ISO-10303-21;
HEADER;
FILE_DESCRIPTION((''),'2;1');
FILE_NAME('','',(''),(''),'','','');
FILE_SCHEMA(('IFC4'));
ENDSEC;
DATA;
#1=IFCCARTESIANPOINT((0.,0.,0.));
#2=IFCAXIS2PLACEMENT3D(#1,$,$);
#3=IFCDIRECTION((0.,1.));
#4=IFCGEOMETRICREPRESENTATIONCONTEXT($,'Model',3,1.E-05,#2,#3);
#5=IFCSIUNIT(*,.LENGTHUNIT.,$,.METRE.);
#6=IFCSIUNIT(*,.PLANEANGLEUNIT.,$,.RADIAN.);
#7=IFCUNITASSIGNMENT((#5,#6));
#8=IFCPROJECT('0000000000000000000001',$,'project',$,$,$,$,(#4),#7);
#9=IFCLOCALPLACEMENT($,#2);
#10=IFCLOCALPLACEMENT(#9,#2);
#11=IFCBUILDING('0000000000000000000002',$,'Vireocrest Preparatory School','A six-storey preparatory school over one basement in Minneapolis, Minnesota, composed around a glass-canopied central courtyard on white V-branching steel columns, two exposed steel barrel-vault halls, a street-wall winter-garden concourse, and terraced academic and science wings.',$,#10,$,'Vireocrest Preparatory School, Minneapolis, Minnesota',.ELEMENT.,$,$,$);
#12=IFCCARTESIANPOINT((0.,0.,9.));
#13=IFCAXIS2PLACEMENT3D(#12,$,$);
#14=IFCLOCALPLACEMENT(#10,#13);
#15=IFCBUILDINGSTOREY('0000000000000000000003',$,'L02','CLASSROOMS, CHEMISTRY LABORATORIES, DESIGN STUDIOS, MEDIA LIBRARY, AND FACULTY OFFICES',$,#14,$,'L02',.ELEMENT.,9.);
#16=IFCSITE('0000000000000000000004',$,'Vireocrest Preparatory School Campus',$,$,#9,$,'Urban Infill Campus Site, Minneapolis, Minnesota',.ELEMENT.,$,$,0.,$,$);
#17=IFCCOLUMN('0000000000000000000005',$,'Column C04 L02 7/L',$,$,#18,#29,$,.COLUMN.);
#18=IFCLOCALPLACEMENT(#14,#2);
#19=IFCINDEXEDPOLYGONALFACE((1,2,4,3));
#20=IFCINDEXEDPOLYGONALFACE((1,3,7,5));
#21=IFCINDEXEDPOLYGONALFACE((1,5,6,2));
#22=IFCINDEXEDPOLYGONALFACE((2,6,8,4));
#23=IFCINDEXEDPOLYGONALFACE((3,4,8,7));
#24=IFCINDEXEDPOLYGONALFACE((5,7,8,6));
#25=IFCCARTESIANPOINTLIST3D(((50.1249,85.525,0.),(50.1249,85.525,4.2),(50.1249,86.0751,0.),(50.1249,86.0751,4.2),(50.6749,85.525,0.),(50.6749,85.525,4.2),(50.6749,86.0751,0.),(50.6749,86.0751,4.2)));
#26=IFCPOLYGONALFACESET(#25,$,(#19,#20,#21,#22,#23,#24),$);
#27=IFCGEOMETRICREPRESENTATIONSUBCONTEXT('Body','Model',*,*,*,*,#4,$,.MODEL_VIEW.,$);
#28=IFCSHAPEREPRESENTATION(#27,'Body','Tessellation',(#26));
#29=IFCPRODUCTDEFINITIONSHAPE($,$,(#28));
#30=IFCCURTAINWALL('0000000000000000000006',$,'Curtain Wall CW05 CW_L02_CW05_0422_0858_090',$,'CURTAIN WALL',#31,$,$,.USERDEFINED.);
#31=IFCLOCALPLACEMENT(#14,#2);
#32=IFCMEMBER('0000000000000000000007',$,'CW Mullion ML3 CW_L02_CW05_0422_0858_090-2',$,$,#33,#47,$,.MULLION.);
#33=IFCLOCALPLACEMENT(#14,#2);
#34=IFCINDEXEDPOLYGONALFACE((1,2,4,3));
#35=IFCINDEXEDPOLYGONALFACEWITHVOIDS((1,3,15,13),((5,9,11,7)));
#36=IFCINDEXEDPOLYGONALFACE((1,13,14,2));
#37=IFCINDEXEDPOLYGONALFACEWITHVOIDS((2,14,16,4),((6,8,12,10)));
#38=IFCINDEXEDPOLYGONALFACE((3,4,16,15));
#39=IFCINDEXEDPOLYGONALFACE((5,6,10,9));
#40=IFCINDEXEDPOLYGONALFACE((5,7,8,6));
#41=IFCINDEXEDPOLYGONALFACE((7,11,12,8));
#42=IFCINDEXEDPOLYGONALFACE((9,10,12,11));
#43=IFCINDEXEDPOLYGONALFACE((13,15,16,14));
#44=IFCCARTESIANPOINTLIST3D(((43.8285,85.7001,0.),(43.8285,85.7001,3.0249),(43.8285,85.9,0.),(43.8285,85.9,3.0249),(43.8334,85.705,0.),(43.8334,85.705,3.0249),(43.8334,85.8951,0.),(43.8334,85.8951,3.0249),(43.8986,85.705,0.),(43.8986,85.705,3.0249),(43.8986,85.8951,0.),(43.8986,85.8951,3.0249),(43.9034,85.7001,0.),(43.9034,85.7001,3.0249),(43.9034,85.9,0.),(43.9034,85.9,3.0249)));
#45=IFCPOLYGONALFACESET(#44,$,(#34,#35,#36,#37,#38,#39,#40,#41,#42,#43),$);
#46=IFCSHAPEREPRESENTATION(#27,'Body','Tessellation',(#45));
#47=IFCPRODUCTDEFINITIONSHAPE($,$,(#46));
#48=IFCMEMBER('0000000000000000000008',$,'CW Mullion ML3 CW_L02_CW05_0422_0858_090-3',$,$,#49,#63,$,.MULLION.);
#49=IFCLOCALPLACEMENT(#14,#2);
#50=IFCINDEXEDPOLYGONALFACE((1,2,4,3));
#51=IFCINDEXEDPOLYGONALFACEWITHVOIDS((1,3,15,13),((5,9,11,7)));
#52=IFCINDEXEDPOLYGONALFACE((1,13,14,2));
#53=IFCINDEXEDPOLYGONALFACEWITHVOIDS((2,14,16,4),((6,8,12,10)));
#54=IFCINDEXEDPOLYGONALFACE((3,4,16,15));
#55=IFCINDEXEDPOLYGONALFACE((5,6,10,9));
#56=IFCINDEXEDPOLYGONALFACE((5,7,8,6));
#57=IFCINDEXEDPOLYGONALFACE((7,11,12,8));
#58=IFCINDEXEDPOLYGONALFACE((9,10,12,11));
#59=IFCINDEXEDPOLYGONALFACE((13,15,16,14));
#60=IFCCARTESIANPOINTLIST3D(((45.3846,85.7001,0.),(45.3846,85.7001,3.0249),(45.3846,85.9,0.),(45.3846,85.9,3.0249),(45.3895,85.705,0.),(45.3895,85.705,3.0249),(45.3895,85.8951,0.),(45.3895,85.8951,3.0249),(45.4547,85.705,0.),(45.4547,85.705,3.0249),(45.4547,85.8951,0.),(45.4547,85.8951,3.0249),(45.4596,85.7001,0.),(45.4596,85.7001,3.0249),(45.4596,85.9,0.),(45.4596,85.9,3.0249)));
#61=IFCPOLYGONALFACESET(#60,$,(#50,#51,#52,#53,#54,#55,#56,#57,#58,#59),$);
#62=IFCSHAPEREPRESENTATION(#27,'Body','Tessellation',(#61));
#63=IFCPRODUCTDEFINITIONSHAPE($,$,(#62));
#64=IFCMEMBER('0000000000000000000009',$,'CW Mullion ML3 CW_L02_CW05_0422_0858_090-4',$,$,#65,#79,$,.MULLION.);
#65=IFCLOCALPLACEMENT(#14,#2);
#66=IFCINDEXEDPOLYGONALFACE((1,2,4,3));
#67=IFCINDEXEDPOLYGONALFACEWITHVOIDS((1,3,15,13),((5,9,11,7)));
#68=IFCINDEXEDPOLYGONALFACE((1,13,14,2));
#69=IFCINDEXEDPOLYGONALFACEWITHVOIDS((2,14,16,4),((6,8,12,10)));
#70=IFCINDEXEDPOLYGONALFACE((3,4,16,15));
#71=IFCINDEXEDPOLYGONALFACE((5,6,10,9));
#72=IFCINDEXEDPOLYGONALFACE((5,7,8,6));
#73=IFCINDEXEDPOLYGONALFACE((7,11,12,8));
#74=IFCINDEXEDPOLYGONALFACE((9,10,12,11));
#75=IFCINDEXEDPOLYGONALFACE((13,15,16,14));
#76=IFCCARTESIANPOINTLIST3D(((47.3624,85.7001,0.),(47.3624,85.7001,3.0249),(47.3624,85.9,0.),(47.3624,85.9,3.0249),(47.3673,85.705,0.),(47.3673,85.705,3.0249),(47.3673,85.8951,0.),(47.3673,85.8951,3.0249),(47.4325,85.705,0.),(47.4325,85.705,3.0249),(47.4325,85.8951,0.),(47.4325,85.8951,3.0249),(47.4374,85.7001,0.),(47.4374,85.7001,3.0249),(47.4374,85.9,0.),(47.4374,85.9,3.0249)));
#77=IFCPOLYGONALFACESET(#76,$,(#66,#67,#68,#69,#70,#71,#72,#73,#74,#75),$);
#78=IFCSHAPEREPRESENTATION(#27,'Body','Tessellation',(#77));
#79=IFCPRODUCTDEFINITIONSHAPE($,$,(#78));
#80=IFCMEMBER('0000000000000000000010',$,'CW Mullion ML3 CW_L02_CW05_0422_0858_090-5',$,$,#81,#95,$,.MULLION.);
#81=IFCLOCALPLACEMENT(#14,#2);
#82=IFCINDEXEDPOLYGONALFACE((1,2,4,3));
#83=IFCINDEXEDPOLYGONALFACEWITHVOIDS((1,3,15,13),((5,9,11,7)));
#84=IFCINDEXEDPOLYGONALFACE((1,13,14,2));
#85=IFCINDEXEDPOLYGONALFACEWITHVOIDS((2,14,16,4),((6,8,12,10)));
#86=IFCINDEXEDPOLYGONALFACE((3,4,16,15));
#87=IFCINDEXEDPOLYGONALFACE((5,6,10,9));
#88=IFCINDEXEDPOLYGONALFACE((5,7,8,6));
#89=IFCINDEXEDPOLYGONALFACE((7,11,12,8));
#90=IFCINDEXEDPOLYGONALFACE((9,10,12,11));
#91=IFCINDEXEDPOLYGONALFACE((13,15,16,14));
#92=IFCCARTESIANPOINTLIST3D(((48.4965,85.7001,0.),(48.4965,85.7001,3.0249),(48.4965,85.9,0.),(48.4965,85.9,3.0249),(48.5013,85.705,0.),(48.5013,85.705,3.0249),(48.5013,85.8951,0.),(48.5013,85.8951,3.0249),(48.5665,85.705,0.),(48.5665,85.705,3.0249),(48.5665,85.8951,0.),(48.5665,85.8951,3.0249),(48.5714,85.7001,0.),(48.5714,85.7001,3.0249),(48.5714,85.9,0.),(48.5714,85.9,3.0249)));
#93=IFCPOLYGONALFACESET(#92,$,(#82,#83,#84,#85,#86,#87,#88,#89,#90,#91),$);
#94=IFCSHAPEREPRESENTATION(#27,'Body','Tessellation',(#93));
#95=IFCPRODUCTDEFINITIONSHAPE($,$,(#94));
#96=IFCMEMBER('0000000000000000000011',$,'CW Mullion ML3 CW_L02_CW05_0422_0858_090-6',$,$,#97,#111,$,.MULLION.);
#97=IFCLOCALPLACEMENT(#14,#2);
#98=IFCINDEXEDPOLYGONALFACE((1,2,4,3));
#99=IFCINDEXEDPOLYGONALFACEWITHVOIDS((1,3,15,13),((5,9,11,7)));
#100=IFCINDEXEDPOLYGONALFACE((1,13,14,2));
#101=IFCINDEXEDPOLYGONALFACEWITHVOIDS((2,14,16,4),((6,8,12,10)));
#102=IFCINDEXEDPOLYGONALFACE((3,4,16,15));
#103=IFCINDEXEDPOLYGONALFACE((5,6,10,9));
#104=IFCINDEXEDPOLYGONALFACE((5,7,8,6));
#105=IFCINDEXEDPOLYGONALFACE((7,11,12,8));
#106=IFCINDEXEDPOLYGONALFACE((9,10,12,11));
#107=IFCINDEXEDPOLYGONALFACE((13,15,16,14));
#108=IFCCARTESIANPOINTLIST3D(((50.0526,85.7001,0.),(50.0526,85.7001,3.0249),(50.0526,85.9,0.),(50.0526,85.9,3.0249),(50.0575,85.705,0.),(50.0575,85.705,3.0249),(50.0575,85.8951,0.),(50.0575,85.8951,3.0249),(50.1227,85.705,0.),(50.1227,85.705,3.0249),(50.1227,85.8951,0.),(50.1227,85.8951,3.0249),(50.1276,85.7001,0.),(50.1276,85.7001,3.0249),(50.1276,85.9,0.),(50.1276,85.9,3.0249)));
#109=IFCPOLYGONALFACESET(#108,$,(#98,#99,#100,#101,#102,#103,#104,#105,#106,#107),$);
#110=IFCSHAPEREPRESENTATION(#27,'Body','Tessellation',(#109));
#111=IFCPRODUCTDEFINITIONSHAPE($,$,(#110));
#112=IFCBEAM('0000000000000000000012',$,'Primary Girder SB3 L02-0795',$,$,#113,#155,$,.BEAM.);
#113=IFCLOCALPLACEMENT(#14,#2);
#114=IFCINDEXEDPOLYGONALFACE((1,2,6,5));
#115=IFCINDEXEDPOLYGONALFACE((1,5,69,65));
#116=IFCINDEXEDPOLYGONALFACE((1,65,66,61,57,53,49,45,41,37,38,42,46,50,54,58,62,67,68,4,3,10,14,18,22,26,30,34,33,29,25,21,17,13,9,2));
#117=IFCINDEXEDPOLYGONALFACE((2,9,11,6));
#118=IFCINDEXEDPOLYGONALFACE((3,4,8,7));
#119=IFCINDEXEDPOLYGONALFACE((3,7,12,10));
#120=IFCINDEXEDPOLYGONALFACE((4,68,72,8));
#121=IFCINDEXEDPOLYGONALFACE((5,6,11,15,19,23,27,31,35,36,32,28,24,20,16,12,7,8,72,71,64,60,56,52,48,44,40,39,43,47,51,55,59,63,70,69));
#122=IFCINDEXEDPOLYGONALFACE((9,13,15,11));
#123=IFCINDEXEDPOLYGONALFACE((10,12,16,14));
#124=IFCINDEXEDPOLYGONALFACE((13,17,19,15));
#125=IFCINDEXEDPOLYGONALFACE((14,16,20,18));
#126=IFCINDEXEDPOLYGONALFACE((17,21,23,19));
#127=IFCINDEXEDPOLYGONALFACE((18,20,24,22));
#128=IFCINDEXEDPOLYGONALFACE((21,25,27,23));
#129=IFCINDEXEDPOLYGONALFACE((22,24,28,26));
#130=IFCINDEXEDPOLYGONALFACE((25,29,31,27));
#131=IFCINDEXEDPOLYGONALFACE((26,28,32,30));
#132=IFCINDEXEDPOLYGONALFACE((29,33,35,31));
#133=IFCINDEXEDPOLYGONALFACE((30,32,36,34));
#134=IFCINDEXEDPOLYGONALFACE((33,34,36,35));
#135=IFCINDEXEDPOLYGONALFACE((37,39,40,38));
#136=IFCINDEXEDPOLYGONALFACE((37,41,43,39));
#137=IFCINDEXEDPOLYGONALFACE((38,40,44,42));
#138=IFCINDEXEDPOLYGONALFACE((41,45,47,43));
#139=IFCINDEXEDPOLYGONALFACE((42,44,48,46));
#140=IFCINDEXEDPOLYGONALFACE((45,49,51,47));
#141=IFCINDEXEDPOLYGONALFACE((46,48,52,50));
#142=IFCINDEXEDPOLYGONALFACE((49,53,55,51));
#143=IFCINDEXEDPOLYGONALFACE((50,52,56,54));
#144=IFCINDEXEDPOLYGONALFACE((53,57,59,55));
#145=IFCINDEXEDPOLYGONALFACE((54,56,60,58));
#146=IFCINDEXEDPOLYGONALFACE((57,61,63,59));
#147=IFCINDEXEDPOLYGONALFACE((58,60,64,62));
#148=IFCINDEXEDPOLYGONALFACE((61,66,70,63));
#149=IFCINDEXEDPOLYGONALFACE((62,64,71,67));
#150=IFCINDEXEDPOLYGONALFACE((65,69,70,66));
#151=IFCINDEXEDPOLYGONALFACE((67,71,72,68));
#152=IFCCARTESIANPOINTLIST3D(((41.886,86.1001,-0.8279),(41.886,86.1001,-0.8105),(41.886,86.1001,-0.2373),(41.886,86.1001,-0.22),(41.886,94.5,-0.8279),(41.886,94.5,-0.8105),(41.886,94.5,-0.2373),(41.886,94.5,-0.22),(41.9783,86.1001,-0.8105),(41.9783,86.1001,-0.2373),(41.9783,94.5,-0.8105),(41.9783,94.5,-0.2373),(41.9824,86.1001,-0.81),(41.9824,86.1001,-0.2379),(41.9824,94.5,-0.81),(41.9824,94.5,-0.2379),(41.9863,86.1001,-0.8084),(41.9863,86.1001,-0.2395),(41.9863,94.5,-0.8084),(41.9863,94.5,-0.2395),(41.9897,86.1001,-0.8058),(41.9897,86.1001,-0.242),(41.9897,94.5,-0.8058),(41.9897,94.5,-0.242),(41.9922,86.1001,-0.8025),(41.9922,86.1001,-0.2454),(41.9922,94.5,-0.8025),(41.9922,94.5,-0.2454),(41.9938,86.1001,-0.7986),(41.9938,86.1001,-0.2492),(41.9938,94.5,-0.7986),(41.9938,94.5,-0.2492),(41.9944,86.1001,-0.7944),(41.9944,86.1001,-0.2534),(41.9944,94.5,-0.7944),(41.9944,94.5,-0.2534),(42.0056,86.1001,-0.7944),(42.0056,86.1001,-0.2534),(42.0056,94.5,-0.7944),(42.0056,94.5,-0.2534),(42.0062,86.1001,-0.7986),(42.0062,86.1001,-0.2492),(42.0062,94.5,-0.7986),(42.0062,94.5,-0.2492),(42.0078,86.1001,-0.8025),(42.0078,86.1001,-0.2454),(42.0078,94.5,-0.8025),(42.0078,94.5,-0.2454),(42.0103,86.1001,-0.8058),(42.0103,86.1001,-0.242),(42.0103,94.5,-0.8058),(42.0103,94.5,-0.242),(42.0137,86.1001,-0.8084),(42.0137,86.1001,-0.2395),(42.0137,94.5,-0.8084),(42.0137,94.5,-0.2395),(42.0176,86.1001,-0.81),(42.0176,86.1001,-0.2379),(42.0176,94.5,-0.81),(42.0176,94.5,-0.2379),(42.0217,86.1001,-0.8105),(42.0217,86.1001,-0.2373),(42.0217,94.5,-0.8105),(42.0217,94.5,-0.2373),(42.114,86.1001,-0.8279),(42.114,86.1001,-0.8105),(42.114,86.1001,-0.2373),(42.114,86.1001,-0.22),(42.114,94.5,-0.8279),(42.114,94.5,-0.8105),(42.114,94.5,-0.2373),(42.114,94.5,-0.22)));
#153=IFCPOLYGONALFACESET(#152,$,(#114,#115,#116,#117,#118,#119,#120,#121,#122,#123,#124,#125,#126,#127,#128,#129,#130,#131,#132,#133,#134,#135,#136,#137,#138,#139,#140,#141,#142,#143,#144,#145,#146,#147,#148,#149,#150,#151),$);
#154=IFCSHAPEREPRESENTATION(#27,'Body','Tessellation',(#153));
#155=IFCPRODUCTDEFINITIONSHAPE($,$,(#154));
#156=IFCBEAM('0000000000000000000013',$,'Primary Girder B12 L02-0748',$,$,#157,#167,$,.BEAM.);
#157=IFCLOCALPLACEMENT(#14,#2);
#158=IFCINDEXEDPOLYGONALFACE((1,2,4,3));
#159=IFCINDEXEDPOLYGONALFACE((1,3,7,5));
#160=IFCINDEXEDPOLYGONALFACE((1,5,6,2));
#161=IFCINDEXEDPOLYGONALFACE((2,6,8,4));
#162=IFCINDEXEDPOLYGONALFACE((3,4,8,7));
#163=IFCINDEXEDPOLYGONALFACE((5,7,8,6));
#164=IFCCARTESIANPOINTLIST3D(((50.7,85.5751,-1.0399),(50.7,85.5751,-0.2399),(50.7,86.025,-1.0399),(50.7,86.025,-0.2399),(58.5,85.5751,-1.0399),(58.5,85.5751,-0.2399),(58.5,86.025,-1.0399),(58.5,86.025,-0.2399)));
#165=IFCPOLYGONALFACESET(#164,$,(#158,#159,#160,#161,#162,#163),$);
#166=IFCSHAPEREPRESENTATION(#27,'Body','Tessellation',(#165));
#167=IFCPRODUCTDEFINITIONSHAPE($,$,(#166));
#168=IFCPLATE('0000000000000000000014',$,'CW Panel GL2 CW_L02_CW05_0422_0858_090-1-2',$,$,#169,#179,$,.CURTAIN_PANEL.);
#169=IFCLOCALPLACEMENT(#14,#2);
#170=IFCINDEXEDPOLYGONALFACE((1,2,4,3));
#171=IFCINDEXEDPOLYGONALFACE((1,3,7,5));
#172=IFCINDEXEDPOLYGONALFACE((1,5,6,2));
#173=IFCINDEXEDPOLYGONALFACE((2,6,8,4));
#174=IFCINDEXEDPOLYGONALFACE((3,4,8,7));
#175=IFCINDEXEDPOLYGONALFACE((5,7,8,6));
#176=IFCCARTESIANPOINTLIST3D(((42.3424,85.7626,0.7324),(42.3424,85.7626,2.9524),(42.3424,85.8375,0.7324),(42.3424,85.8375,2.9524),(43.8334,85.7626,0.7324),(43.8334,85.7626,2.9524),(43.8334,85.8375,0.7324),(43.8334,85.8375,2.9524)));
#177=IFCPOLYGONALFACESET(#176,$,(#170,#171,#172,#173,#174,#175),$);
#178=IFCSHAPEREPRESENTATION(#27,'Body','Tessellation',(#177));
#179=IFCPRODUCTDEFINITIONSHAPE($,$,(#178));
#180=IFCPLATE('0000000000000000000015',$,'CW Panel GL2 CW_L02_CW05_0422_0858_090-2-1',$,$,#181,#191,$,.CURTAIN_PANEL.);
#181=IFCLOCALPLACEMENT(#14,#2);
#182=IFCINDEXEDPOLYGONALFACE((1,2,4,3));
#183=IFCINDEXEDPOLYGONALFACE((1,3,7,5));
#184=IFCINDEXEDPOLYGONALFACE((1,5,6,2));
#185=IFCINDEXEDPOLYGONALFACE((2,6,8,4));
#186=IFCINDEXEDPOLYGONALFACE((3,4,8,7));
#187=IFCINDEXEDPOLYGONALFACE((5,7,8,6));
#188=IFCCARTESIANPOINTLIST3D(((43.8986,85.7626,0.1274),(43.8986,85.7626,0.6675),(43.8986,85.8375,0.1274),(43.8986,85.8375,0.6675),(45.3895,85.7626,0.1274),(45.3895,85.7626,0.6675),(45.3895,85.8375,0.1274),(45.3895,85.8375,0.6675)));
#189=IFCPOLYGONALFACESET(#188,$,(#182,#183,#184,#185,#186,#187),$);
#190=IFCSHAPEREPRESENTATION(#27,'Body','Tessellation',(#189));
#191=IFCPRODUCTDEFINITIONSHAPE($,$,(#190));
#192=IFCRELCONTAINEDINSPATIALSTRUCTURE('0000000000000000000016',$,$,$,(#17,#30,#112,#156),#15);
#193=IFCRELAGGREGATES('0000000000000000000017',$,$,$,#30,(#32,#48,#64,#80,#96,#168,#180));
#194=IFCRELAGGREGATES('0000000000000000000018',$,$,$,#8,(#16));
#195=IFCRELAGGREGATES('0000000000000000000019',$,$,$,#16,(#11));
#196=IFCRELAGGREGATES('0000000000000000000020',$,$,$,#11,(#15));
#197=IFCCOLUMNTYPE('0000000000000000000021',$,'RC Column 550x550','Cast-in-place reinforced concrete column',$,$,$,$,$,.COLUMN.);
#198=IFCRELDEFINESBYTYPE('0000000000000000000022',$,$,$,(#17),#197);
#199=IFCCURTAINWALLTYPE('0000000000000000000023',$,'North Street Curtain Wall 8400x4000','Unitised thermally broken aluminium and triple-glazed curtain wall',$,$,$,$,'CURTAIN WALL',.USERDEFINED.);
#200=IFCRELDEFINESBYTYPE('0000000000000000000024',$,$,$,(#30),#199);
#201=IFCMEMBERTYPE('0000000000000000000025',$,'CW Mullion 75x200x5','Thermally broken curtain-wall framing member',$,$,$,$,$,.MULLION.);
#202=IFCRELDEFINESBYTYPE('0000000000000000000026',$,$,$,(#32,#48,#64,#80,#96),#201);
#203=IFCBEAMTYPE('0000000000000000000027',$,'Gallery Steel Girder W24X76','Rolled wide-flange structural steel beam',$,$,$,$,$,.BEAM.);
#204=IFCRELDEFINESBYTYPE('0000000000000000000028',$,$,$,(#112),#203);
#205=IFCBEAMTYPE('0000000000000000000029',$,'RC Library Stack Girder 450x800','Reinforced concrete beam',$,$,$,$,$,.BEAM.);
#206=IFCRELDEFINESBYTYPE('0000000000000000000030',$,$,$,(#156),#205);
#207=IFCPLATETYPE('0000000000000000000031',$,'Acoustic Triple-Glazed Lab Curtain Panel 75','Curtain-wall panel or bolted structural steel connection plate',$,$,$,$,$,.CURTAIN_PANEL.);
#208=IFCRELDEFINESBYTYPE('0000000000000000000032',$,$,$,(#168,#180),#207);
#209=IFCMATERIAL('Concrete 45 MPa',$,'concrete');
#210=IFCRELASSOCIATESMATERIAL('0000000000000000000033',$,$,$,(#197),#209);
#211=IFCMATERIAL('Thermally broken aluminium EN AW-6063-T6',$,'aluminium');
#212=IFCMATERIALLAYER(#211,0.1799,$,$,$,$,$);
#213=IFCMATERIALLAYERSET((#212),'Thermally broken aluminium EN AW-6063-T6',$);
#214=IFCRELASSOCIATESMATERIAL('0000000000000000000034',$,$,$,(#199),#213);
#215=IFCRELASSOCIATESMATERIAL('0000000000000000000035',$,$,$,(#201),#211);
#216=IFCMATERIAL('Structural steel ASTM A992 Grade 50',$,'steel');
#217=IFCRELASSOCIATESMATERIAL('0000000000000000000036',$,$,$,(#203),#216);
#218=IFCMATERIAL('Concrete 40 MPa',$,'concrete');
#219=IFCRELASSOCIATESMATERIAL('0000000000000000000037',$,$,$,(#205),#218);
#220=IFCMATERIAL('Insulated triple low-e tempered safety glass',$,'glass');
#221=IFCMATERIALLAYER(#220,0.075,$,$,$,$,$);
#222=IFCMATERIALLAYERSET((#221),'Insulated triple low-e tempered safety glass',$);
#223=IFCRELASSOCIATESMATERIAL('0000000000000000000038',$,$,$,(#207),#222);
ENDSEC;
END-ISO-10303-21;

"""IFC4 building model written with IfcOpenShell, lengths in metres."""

from ifc_helpers import new_model, si_unit, direction, frame, origin, origin_2d, place, context, subcontext, project, spatial, rectangle, hollow_rectangle, i_section, extrude, material, layer, layer_set, material_profile, profile_set, type_object, element, aggregate, save


model = new_model("IFC4")

# Units and contexts
model_context = context("Model", 3, precision=1e-05, world=origin(), true_north=direction((0.0, 1.0)))
body_context = subcontext(model_context, "Body", "Model", "MODEL_VIEW")
ifc_project = project(units=[si_unit("LENGTHUNIT", "METRE"), si_unit("PLANEANGLEUNIT", "RADIAN")], contexts=[model_context])

# Site, building, storey
site_placement = place(None, origin())
site = spatial("IfcSite", under=ifc_project, at=site_placement, Name="Vireocrest Preparatory School Campus", LongName="Urban Infill Campus Site, Minneapolis, Minnesota", CompositionType="ELEMENT", RefElevation=0.0)
building_placement = place(site_placement, origin())
building = spatial("IfcBuilding", under=site, at=building_placement, Name="Vireocrest Preparatory School", Description="A six-storey preparatory school over one basement in Minneapolis, Minnesota, composed around a glass-canopied central courtyard on white V-branching steel columns, two exposed steel barrel-vault halls, a street-wall winter-garden concourse, and terraced academic and science wings.", LongName="Vireocrest Preparatory School, Minneapolis, Minnesota", CompositionType="ELEMENT")
storey_placement = place(building_placement, frame((0.0, 0.0, 9.0)))
storey = spatial("IfcBuildingStorey", under=building, at=storey_placement, Name="L02", Description="CLASSROOMS, CHEMISTRY LABORATORIES, DESIGN STUDIOS, MEDIA LIBRARY, AND FACULTY OFFICES", LongName="L02", CompositionType="ELEMENT", Elevation=9.0)

# Column
ifc_material_1 = material(Name="Concrete 45 MPa", Category="concrete")
ifc_material_profile_1 = material_profile(ifc_material_1, rectangle(XDim=0.55, YDim=0.55, at=origin_2d()), Name="RC 550x550")
ifc_profile_set_1 = profile_set([ifc_material_profile_1], Name="Concrete 45 MPa")
column_type = type_object("IfcColumnType", Name="RC Column 550x550", Description="Cast-in-place reinforced concrete column", PredefinedType="COLUMN", material=ifc_profile_set_1)
column_placement = place(storey_placement, frame((50.3999, 85.8, 0.0), z_axis=(0.0, 0.0, 1.0), x_axis=(1.0, 0.0, 0.0)))
element("IfcColumn", 1, at=column_placement, inside=storey, type_object=column_type, Name="Column C04 L02 7/L", PredefinedType="COLUMN", context=body_context, shape_type="SweptSolid", body=[
    extrude(rectangle(XDim=0.55, YDim=0.55, at=origin_2d()), origin(), (0.0, 0.0, 1.0), 4.2),
])

# Curtain wall, members
ifc_material_2 = material(Name="Thermally broken aluminium EN AW-6063-T6", Category="aluminium")
ifc_layer_1 = layer(ifc_material_2, 0.1799)
ifc_layer_set_1 = layer_set([ifc_layer_1], Name="Thermally broken aluminium EN AW-6063-T6")
curtain_wall_type = type_object("IfcCurtainWallType", Name="North Street Curtain Wall 8400x4000", Description="Unitised thermally broken aluminium and triple-glazed curtain wall", ElementType="CURTAIN WALL", PredefinedType="USERDEFINED", material=ifc_layer_set_1)
curtain_wall_placement = place(storey_placement, origin())
curtain_wall = element("IfcCurtainWall", 2, at=curtain_wall_placement, inside=storey, type_object=curtain_wall_type, Name="Curtain Wall CW05 CW_L02_CW05_0422_0858_090", ObjectType="CURTAIN WALL", PredefinedType="USERDEFINED")
ifc_material_profile_2 = material_profile(ifc_material_2, hollow_rectangle(XDim=0.075, YDim=0.2, WallThickness=0.0049, at=origin_2d()), Name="ALU 75x200x5")
ifc_profile_set_2 = profile_set([ifc_material_profile_2], Name="Thermally broken aluminium EN AW-6063-T6")
member_type = type_object("IfcMemberType", Name="CW Mullion 75x200x5", Description="Thermally broken curtain-wall framing member", PredefinedType="MULLION", material=ifc_profile_set_2)
member_1_placement = place(storey_placement, frame((43.866, 85.8, 0.0), z_axis=(0.0, 0.0, 1.0), x_axis=(1.0, 0.0, 0.0)))
member_1 = element("IfcMember", 3, at=member_1_placement, type_object=member_type, Name="CW Mullion ML3 CW_L02_CW05_0422_0858_090-2", PredefinedType="MULLION", context=body_context, shape_type="SweptSolid", body=[
    extrude(hollow_rectangle(XDim=0.075, YDim=0.2, WallThickness=0.0049, at=origin_2d()), origin(), (0.0, 0.0, 1.0), 3.0249),
])
member_2_placement = place(storey_placement, frame((45.4221, 85.8, 0.0), z_axis=(0.0, 0.0, 1.0), x_axis=(1.0, 0.0, 0.0)))
member_2 = element("IfcMember", 4, at=member_2_placement, type_object=member_type, Name="CW Mullion ML3 CW_L02_CW05_0422_0858_090-3", PredefinedType="MULLION", context=body_context, shape_type="SweptSolid", body=[
    extrude(hollow_rectangle(XDim=0.075, YDim=0.2, WallThickness=0.0049, at=origin_2d()), origin(), (0.0, 0.0, 1.0), 3.0249),
])
member_3_placement = place(storey_placement, frame((47.3999, 85.8, 0.0), z_axis=(0.0, 0.0, 1.0), x_axis=(1.0, 0.0, 0.0)))
member_3 = element("IfcMember", 5, at=member_3_placement, type_object=member_type, Name="CW Mullion ML3 CW_L02_CW05_0422_0858_090-4", PredefinedType="MULLION", context=body_context, shape_type="SweptSolid", body=[
    extrude(hollow_rectangle(XDim=0.075, YDim=0.2, WallThickness=0.0049, at=origin_2d()), origin(), (0.0, 0.0, 1.0), 3.0249),
])
member_4_placement = place(storey_placement, frame((48.5339, 85.8, 0.0), z_axis=(0.0, 0.0, 1.0), x_axis=(1.0, 0.0, 0.0)))
member_4 = element("IfcMember", 6, at=member_4_placement, type_object=member_type, Name="CW Mullion ML3 CW_L02_CW05_0422_0858_090-5", PredefinedType="MULLION", context=body_context, shape_type="SweptSolid", body=[
    extrude(hollow_rectangle(XDim=0.075, YDim=0.2, WallThickness=0.0049, at=origin_2d()), origin(), (0.0, 0.0, 1.0), 3.0249),
])
member_5_placement = place(storey_placement, frame((50.0901, 85.8, 0.0), z_axis=(0.0, 0.0, 1.0), x_axis=(1.0, 0.0, 0.0)))
member_5 = element("IfcMember", 7, at=member_5_placement, type_object=member_type, Name="CW Mullion ML3 CW_L02_CW05_0422_0858_090-6", PredefinedType="MULLION", context=body_context, shape_type="SweptSolid", body=[
    extrude(hollow_rectangle(XDim=0.075, YDim=0.2, WallThickness=0.0049, at=origin_2d()), origin(), (0.0, 0.0, 1.0), 3.0249),
])

# Beams
ifc_material_3 = material(Name="Structural steel ASTM A992 Grade 50", Category="steel")
ifc_material_profile_3 = material_profile(ifc_material_3, i_section(OverallWidth=0.228, OverallDepth=0.6079, WebThickness=0.0112, FlangeThickness=0.0173, FilletRadius=0.0161, at=origin_2d()), Name="W24X76")
ifc_profile_set_3 = profile_set([ifc_material_profile_3], Name="Structural steel ASTM A992 Grade 50")
beam_type_1 = type_object("IfcBeamType", Name="Gallery Steel Girder W24X76", Description="Rolled wide-flange structural steel beam", PredefinedType="BEAM", material=ifc_profile_set_3)
beam_1_placement = place(storey_placement, frame((42.0, 86.1001, -0.5239), z_axis=(0.0, 1.0, 0.0), x_axis=(-1.0, 0.0, 0.0)))
element("IfcBeam", 8, at=beam_1_placement, inside=storey, type_object=beam_type_1, Name="Primary Girder SB3 L02-0795", PredefinedType="BEAM", context=body_context, shape_type="SweptSolid", body=[
    extrude(i_section(OverallWidth=0.228, OverallDepth=0.6079, WebThickness=0.0112, FlangeThickness=0.0173, FilletRadius=0.0161, at=origin_2d()), origin(), (0.0, 0.0, 1.0), 8.3999),
])
ifc_material_4 = material(Name="Concrete 40 MPa", Category="concrete")
ifc_material_profile_4 = material_profile(ifc_material_4, rectangle(XDim=0.45, YDim=0.8, at=origin_2d()), Name="RC 450x800")
ifc_profile_set_4 = profile_set([ifc_material_profile_4], Name="Concrete 40 MPa")
beam_type_2 = type_object("IfcBeamType", Name="RC Library Stack Girder 450x800", Description="Reinforced concrete beam", PredefinedType="BEAM", material=ifc_profile_set_4)
beam_2_placement = place(storey_placement, frame((50.7, 85.8, -0.6399), z_axis=(1.0, 0.0, 0.0), x_axis=(0.0, 1.0, 0.0)))
element("IfcBeam", 9, at=beam_2_placement, inside=storey, type_object=beam_type_2, Name="Primary Girder B12 L02-0748", PredefinedType="BEAM", context=body_context, shape_type="SweptSolid", body=[
    extrude(rectangle(XDim=0.45, YDim=0.8, at=origin_2d()), origin(), (0.0, 0.0, 1.0), 7.8),
])

# Plates
ifc_material_5 = material(Name="Insulated triple low-e tempered safety glass", Category="glass")
ifc_layer_2 = layer(ifc_material_5, 0.075)
ifc_layer_set_2 = layer_set([ifc_layer_2], Name="Insulated triple low-e tempered safety glass")
plate_type = type_object("IfcPlateType", Name="Acoustic Triple-Glazed Lab Curtain Panel 75", Description="Curtain-wall panel or bolted structural steel connection plate", PredefinedType="CURTAIN_PANEL", material=ifc_layer_set_2)
plate_1_placement = place(storey_placement, frame((43.0879, 85.8, 0.7324), z_axis=(0.0, 0.0, 1.0), x_axis=(1.0, 0.0, 0.0)))
plate_1 = element("IfcPlate", 10, at=plate_1_placement, type_object=plate_type, Name="CW Panel GL2 CW_L02_CW05_0422_0858_090-1-2", PredefinedType="CURTAIN_PANEL", context=body_context, shape_type="SweptSolid", body=[
    extrude(rectangle(XDim=1.491, YDim=0.075, at=origin_2d()), origin(), (0.0, 0.0, 1.0), 2.22),
])
plate_2_placement = place(storey_placement, frame((44.644, 85.8, 0.1274), z_axis=(0.0, 0.0, 1.0), x_axis=(1.0, 0.0, 0.0)))
plate_2 = element("IfcPlate", 11, at=plate_2_placement, type_object=plate_type, Name="CW Panel GL2 CW_L02_CW05_0422_0858_090-2-1", PredefinedType="CURTAIN_PANEL", context=body_context, shape_type="SweptSolid", body=[
    extrude(rectangle(XDim=1.491, YDim=0.075, at=origin_2d()), origin(), (0.0, 0.0, 1.0), 0.54),
])
aggregate(curtain_wall, [member_1, member_2, member_3, member_4, member_5, plate_1, plate_2])

save(model, "model.ifc")
